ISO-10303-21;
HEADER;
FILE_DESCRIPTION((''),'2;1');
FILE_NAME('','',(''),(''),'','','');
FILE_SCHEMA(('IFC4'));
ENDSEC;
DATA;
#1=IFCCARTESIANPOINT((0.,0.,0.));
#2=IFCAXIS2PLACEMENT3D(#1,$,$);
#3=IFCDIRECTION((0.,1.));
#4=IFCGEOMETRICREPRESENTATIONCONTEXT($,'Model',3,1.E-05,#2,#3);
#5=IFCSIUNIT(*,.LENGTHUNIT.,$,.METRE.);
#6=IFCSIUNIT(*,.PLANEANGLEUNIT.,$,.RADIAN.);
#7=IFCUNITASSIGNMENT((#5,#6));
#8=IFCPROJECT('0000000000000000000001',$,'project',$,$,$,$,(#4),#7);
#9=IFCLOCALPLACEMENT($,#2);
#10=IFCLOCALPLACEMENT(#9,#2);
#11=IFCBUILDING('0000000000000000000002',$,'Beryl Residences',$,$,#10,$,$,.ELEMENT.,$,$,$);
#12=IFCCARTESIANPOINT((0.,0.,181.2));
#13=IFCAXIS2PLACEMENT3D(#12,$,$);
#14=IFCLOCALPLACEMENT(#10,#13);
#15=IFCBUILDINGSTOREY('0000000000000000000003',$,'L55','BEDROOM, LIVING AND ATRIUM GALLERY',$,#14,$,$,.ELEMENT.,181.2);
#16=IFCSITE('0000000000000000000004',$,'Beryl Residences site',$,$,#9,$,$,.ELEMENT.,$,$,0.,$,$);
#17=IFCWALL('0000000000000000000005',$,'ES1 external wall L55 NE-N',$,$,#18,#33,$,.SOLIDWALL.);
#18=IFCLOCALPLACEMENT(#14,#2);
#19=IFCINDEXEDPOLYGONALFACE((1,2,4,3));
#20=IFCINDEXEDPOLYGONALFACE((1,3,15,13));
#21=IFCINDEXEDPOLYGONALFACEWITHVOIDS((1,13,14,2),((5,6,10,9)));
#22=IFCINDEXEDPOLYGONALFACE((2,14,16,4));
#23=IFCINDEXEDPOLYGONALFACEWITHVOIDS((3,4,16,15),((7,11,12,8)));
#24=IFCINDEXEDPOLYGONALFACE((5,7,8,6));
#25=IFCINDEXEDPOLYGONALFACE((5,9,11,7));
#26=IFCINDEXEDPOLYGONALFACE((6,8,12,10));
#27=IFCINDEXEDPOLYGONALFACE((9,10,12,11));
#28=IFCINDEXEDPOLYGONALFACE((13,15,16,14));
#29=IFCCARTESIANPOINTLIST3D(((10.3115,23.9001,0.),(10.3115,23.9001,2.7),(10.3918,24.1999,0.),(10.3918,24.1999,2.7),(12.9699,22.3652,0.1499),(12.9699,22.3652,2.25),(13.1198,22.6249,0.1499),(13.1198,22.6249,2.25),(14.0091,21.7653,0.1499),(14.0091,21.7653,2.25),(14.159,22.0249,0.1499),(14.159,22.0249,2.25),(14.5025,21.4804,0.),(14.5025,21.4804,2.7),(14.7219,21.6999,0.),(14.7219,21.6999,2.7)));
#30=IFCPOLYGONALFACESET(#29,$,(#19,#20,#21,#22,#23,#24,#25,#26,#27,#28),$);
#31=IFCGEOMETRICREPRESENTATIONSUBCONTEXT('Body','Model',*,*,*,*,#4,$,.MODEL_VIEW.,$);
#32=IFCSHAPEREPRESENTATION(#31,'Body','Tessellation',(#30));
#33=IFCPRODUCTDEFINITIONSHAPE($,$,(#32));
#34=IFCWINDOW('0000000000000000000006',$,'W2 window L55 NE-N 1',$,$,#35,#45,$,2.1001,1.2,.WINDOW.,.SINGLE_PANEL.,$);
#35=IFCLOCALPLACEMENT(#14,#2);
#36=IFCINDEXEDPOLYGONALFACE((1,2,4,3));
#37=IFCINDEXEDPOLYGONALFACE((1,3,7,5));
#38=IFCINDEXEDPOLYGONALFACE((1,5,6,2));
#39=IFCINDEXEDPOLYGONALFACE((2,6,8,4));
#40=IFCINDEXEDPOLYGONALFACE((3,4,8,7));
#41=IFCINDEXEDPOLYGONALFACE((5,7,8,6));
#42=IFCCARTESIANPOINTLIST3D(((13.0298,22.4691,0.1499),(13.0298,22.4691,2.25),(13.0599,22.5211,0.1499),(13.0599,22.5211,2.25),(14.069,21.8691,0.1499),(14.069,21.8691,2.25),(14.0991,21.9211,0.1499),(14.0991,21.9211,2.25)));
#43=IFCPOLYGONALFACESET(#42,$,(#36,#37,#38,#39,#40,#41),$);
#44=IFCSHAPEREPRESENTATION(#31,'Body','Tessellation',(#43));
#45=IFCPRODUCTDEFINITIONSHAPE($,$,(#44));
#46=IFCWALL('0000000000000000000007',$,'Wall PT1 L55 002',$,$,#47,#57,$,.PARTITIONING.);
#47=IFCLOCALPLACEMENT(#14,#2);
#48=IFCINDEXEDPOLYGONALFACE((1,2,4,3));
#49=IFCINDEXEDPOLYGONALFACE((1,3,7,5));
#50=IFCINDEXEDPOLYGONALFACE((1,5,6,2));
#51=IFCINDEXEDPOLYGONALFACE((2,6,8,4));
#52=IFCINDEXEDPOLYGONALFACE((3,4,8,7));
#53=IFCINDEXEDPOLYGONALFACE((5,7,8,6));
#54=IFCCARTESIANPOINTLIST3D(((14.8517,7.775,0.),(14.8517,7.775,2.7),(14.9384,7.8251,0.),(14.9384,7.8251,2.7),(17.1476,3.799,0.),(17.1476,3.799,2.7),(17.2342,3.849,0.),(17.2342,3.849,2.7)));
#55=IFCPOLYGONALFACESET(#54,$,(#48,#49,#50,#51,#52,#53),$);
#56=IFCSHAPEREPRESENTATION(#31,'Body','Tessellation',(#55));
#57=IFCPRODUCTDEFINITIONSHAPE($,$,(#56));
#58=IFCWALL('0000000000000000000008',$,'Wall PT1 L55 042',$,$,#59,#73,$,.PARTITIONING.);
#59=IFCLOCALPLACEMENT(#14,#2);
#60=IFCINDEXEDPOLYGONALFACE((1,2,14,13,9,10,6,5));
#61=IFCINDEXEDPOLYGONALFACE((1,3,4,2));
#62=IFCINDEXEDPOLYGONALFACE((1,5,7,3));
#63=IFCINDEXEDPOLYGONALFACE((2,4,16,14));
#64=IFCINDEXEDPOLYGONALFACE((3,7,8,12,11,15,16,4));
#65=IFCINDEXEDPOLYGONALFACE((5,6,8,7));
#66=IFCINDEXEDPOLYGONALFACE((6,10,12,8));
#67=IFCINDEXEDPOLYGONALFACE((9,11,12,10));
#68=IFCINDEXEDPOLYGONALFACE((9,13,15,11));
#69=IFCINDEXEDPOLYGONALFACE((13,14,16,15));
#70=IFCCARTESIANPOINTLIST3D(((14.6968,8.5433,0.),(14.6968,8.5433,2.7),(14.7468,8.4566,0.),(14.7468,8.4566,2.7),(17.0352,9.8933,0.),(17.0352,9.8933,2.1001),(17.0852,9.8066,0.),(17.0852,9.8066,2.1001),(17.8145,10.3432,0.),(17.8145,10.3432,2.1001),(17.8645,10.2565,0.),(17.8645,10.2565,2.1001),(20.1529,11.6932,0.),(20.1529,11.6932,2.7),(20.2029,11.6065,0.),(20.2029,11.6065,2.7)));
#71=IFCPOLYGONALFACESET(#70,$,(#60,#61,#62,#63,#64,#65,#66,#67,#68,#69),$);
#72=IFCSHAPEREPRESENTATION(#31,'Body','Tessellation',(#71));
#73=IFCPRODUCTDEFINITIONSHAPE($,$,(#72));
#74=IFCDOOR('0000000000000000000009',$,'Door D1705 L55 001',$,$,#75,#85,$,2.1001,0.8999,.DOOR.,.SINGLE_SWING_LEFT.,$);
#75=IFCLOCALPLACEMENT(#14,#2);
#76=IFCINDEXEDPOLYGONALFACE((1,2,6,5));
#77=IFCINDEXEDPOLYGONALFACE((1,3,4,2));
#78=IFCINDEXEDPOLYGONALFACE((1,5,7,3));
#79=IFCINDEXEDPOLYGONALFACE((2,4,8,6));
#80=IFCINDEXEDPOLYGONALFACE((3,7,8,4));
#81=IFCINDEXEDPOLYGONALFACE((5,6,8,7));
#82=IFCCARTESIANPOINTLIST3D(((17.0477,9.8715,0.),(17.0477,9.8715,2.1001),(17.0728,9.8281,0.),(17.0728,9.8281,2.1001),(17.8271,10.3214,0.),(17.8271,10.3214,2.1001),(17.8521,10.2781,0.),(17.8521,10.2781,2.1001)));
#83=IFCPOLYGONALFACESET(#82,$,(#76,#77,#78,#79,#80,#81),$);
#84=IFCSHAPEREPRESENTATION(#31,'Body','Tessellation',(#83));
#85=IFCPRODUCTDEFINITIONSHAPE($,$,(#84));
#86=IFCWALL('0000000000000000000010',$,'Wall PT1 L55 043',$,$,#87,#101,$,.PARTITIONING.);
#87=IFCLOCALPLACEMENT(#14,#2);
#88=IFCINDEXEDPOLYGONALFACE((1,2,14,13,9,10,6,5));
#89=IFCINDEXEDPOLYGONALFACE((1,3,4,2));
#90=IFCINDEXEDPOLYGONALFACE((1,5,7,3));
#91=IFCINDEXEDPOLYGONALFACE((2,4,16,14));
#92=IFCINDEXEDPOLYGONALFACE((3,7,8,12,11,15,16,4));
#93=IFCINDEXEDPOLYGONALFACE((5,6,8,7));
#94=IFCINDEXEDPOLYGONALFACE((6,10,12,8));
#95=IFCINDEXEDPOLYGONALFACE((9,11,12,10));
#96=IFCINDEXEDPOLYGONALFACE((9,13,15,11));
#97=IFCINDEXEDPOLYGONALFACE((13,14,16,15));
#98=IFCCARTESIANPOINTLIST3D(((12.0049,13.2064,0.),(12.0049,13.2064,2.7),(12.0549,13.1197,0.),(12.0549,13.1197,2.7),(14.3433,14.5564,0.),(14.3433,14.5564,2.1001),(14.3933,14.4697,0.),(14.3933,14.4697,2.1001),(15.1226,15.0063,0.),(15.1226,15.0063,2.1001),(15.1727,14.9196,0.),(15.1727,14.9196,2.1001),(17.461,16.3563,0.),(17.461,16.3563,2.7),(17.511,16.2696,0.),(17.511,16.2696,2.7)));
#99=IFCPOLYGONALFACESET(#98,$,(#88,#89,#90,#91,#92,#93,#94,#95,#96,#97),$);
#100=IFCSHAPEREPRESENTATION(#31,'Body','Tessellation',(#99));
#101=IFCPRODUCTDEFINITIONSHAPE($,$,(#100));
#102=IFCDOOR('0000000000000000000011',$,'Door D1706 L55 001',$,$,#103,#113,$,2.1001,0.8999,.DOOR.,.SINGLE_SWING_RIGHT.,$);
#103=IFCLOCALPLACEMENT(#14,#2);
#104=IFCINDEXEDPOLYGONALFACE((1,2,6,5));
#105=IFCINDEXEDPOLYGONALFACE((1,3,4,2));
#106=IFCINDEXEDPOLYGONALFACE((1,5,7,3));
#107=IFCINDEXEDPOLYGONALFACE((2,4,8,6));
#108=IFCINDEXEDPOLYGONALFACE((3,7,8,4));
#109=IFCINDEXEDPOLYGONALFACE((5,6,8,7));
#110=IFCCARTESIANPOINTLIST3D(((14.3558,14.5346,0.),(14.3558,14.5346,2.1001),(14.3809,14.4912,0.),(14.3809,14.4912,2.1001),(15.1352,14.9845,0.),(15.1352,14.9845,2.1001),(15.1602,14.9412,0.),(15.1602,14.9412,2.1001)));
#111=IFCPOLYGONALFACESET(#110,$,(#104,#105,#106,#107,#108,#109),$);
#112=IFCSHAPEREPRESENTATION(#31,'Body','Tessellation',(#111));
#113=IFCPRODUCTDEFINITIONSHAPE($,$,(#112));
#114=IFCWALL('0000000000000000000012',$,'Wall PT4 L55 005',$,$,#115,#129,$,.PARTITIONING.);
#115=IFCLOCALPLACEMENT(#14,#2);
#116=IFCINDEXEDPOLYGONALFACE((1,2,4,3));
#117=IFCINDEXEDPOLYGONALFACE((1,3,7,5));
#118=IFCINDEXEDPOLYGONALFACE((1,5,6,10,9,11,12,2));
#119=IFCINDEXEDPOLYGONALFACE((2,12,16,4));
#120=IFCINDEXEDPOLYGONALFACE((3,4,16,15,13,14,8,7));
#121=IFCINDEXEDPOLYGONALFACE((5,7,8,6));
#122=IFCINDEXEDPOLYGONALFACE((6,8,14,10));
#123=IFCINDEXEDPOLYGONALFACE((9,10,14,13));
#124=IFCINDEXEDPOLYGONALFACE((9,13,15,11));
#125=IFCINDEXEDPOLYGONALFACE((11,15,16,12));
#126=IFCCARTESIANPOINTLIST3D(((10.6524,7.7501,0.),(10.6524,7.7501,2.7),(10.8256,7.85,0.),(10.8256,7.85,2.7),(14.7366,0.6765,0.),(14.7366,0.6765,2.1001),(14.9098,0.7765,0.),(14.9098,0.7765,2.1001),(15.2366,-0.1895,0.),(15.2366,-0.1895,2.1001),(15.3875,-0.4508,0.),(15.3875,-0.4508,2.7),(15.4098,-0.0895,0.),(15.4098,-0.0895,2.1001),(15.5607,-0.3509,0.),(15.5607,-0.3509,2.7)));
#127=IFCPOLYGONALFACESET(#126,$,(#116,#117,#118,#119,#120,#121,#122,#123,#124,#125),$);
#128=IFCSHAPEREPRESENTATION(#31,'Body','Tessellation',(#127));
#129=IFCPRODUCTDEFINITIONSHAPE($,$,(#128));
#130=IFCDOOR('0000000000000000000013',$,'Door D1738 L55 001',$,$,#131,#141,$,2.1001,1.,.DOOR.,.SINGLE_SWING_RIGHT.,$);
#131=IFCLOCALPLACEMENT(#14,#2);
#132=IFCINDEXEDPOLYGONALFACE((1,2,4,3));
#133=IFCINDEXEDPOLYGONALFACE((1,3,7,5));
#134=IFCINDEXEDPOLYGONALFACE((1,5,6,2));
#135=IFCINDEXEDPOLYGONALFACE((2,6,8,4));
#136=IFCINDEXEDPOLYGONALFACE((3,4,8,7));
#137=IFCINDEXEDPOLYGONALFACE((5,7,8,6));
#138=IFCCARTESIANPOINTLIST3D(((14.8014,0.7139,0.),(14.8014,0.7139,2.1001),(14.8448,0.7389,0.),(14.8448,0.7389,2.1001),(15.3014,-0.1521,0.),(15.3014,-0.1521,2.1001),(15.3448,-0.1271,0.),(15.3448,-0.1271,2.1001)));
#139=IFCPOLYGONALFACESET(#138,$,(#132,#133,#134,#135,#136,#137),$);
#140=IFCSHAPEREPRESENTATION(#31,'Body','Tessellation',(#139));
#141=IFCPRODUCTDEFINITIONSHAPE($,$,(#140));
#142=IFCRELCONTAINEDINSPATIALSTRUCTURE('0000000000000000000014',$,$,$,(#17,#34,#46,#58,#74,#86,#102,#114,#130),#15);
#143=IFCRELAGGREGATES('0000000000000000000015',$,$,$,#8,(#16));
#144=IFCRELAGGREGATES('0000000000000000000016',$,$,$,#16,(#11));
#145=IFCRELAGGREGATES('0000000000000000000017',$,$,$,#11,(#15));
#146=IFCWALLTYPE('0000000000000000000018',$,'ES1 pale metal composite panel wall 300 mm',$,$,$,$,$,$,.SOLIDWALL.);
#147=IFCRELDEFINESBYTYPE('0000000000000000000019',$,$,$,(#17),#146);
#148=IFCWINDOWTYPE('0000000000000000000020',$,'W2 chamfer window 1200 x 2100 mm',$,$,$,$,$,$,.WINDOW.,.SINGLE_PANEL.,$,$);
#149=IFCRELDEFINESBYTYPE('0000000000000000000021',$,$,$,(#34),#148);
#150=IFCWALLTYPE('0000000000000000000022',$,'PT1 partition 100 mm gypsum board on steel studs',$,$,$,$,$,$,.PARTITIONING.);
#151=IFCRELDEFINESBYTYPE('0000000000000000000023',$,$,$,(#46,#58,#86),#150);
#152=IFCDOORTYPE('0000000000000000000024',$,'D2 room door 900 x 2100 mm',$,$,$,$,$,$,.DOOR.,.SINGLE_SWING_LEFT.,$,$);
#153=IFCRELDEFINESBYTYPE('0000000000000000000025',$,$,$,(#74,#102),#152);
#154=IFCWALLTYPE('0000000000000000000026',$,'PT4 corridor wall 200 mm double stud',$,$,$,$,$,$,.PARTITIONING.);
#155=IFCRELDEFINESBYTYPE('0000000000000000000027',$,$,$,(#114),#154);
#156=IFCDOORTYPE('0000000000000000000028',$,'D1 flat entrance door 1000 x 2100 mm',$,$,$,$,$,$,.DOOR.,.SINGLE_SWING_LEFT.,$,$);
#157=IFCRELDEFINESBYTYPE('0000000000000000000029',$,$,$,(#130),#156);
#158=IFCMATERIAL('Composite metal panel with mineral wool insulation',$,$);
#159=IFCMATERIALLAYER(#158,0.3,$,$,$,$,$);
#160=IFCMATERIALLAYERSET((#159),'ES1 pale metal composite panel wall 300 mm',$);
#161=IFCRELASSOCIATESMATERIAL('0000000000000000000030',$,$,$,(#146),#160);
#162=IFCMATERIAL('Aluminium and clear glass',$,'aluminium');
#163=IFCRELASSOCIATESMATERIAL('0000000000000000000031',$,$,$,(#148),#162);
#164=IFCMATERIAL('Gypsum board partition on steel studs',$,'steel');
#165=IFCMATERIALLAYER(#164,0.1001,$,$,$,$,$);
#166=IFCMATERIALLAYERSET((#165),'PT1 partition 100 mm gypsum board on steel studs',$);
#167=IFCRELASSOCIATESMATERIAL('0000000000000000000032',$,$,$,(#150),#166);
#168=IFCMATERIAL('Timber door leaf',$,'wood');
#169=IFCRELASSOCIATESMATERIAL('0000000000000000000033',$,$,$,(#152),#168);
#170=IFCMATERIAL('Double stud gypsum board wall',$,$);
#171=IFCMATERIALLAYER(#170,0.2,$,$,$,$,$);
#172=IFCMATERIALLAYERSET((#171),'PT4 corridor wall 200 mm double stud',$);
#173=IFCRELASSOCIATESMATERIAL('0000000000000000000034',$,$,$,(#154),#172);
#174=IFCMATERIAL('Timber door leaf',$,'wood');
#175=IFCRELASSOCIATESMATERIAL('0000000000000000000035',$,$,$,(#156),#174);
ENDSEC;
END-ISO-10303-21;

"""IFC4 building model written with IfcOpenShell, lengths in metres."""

from ifc_helpers import new_model, si_unit, direction, frame, frame_2d, origin, place, context, subcontext, project, spatial, polyline, rectangle, outline, extrude, material, layer, layer_set, type_object, element, fill, save


model = new_model("IFC4")

# Units and contexts
model_context = context("Model", 3, precision=1e-05, world=origin(), true_north=direction((0.0, 1.0)))
body_context = subcontext(model_context, "Body", "Model", "MODEL_VIEW")
ifc_project = project(units=[si_unit("LENGTHUNIT", "METRE"), si_unit("PLANEANGLEUNIT", "RADIAN")], contexts=[model_context])

# Site, building, storey
site_placement = place(None, origin())
site = spatial("IfcSite", under=ifc_project, at=site_placement, Name="Beryl Residences site", CompositionType="ELEMENT", RefElevation=0.0)
building_placement = place(site_placement, origin())
building = spatial("IfcBuilding", under=site, at=building_placement, Name="Beryl Residences", CompositionType="ELEMENT")
storey_placement = place(building_placement, frame((0.0, 0.0, 181.2)))
storey = spatial("IfcBuildingStorey", under=building, at=storey_placement, Name="L55", Description="BEDROOM, LIVING AND ATRIUM GALLERY", CompositionType="ELEMENT", Elevation=181.2)

# Shared definitions
ifc_material_1 = material(Name="Composite metal panel with mineral wool insulation")
ifc_layer_1 = layer(ifc_material_1, 0.3)
ifc_layer_set_1 = layer_set([ifc_layer_1], Name="ES1 pale metal composite panel wall 300 mm")
wall_type_1 = type_object("IfcWallType", Name="ES1 pale metal composite panel wall 300 mm", PredefinedType="SOLIDWALL", material=ifc_layer_set_1)

# Wall, opening, window
wall_1_placement = place(storey_placement, frame((14.647, 21.5701, 0.0), z_axis=(0.0, 0.0, 1.0), x_axis=(-0.866023, 0.500004, 0.0)))
wall_1 = element("IfcWall", 1, at=wall_1_placement, inside=storey, type_object=wall_type_1, Name="ES1 external wall L55 NE-N", PredefinedType="SOLIDWALL", context=body_context, shape_type="SweptSolid", body=[
    extrude(outline(polyline([(0.0, -0.1499), (5.0, -0.1499), (4.9197, 0.1499), (0.0803, 0.1499), (0.0, -0.1499)])), origin(), (0.0, 0.0, 1.0), 2.7),
])
opening_1_placement = place(wall_1_placement, frame((0.6499, 0.0, 0.1499)))
opening_1 = element("IfcOpeningElement", 2, at=opening_1_placement, cuts=wall_1, PredefinedType="OPENING", context=body_context, shape_type="SweptSolid", body=[
    extrude(rectangle(XDim=1.2, YDim=2.1001, at=frame_2d((0.6001, 1.05))), frame((0.0, 0.1599, 0.0), z_axis=(0.0, -1.0, 0.0), x_axis=(1.0, 0.0, 0.0)), (0.0, 0.0, 1.0), 0.3201),
])
ifc_material_2 = material(Name="Aluminium and clear glass", Category="aluminium")
window_type_1 = type_object("IfcWindowType", Name="W2 chamfer window 1200 x 2100 mm", PartitioningType="SINGLE_PANEL", PredefinedType="WINDOW", material=ifc_material_2)
window_1_placement = place(opening_1_placement, origin())
window_1 = element("IfcWindow", 3, at=window_1_placement, inside=storey, type_object=window_type_1, Name="W2 window L55 NE-N 1", OverallHeight=2.1001, OverallWidth=1.2, PartitioningType="SINGLE_PANEL", PredefinedType="WINDOW", context=body_context, shape_type="SweptSolid", body=[
    extrude(rectangle(XDim=1.2, YDim=2.1001, at=frame_2d((0.6001, 1.05))), frame((0.0, 0.03, 0.0), z_axis=(0.0, -1.0, 0.0), x_axis=(1.0, 0.0, 0.0)), (0.0, 0.0, 1.0), 0.0601),
])
fill(opening_1, window_1)

# Wall
ifc_material_3 = material(Name="Gypsum board partition on steel studs", Category="steel")
ifc_layer_2 = layer(ifc_material_3, 0.1001)
ifc_layer_set_2 = layer_set([ifc_layer_2], Name="PT1 partition 100 mm gypsum board on steel studs")
wall_type_2 = type_object("IfcWallType", Name="PT1 partition 100 mm gypsum board on steel studs", PredefinedType="PARTITIONING", material=ifc_layer_set_2)
wall_2_placement = place(storey_placement, frame((14.895, 7.8, 0.0), z_axis=(0.0, 0.0, 1.0), x_axis=(0.500051, -0.865996, 0.0)))
element("IfcWall", 4, at=wall_2_placement, inside=storey, type_object=wall_type_2, Name="Wall PT1 L55 002", PredefinedType="PARTITIONING", context=body_context, shape_type="SweptSolid", body=[
    extrude(rectangle(XDim=4.5913, YDim=0.1001, at=frame_2d((2.2957, 0.0))), origin(), (0.0, 0.0, 1.0), 2.7),
])

# Walls, openings, doors
wall_3_placement = place(storey_placement, frame((14.7219, 8.5, 0.0), z_axis=(0.0, 0.0, 1.0), x_axis=(0.866036, 0.499982, 0.0)))
wall_3 = element("IfcWall", 5, at=wall_3_placement, inside=storey, type_object=wall_type_2, Name="Wall PT1 L55 042", PredefinedType="PARTITIONING", context=body_context, shape_type="SweptSolid", body=[
    extrude(rectangle(XDim=6.3, YDim=0.1001, at=frame_2d((3.1499, 0.0))), origin(), (0.0, 0.0, 1.0), 2.7),
])
opening_2_placement = place(wall_3_placement, frame((2.7, 0.0, 0.0)))
opening_2 = element("IfcOpeningElement", 6, at=opening_2_placement, cuts=wall_3, PredefinedType="OPENING", context=body_context, shape_type="SweptSolid", body=[
    extrude(rectangle(XDim=0.8999, YDim=2.1001, at=frame_2d((0.45, 1.05))), frame((0.0, 0.0601, 0.0), z_axis=(0.0, -1.0, 0.0), x_axis=(1.0, 0.0, 0.0)), (0.0, 0.0, 1.0), 0.1201),
])
ifc_material_4 = material(Name="Timber door leaf", Category="wood")
door_type_1 = type_object("IfcDoorType", Name="D2 room door 900 x 2100 mm", OperationType="SINGLE_SWING_LEFT", PredefinedType="DOOR", material=ifc_material_4)
door_1_placement = place(opening_2_placement, origin())
door_1 = element("IfcDoor", 7, at=door_1_placement, inside=storey, type_object=door_type_1, Name="Door D1705 L55 001", OperationType="SINGLE_SWING_LEFT", OverallHeight=2.1001, OverallWidth=0.8999, PredefinedType="DOOR", context=body_context, shape_type="SweptSolid", body=[
    extrude(rectangle(XDim=0.8999, YDim=2.1001, at=frame_2d((0.45, 1.05))), frame((0.0, 0.0249, 0.0), z_axis=(0.0, -1.0, 0.0), x_axis=(1.0, 0.0, 0.0)), (0.0, 0.0, 1.0), 0.05),
])
fill(opening_2, door_1)
wall_4_placement = place(storey_placement, frame((12.03, 13.1631, 0.0), z_axis=(0.0, 0.0, 1.0), x_axis=(0.866036, 0.499982, 0.0)))
wall_4 = element("IfcWall", 8, at=wall_4_placement, inside=storey, type_object=wall_type_2, Name="Wall PT1 L55 043", PredefinedType="PARTITIONING", context=body_context, shape_type="SweptSolid", body=[
    extrude(rectangle(XDim=6.3, YDim=0.1001, at=frame_2d((3.1499, 0.0))), origin(), (0.0, 0.0, 1.0), 2.7),
])
opening_3_placement = place(wall_4_placement, frame((2.7, 0.0, 0.0)))
opening_3 = element("IfcOpeningElement", 9, at=opening_3_placement, cuts=wall_4, PredefinedType="OPENING", context=body_context, shape_type="SweptSolid", body=[
    extrude(rectangle(XDim=0.8999, YDim=2.1001, at=frame_2d((0.45, 1.05))), frame((0.0, 0.0601, 0.0), z_axis=(0.0, -1.0, 0.0), x_axis=(1.0, 0.0, 0.0)), (0.0, 0.0, 1.0), 0.1201),
])
door_2_placement = place(opening_3_placement, origin())
door_2 = element("IfcDoor", 10, at=door_2_placement, inside=storey, type_object=door_type_1, Name="Door D1706 L55 001", OperationType="SINGLE_SWING_RIGHT", OverallHeight=2.1001, OverallWidth=0.8999, PredefinedType="DOOR", context=body_context, shape_type="SweptSolid", body=[
    extrude(rectangle(XDim=0.8999, YDim=2.1001, at=frame_2d((0.45, 1.05))), frame((0.0, 0.0249, 0.0), z_axis=(0.0, -1.0, 0.0), x_axis=(1.0, 0.0, 0.0)), (0.0, 0.0, 1.0), 0.05),
])
fill(opening_3, door_2)
ifc_material_5 = material(Name="Double stud gypsum board wall")
ifc_layer_3 = layer(ifc_material_5, 0.2)
ifc_layer_set_3 = layer_set([ifc_layer_3], Name="PT4 corridor wall 200 mm double stud")
wall_type_3 = type_object("IfcWallType", Name="PT4 corridor wall 200 mm double stud", PredefinedType="PARTITIONING", material=ifc_layer_set_3)
wall_5_placement = place(storey_placement, frame((10.739, 7.8, 0.0), z_axis=(0.0, 0.0, 1.0), x_axis=(0.500024, -0.866012, 0.0)))
wall_5 = element("IfcWall", 11, at=wall_5_placement, inside=storey, type_object=wall_type_3, Name="Wall PT4 L55 005", PredefinedType="PARTITIONING", context=body_context, shape_type="SweptSolid", body=[
    extrude(rectangle(XDim=9.4697, YDim=0.2, at=frame_2d((4.7349, 0.0))), origin(), (0.0, 0.0, 1.0), 2.7),
])
opening_4_placement = place(wall_5_placement, frame((8.168, 0.0, 0.0)))
opening_4 = element("IfcOpeningElement", 12, at=opening_4_placement, cuts=wall_5, PredefinedType="OPENING", context=body_context, shape_type="SweptSolid", body=[
    extrude(rectangle(XDim=1.0, YDim=2.1001, at=frame_2d((0.5, 1.05))), frame((0.0, 0.1099, 0.0), z_axis=(0.0, -1.0, 0.0), x_axis=(1.0, 0.0, 0.0)), (0.0, 0.0, 1.0), 0.22),
])
ifc_material_6 = material(Name="Timber door leaf", Category="wood")
door_type_2 = type_object("IfcDoorType", Name="D1 flat entrance door 1000 x 2100 mm", OperationType="SINGLE_SWING_LEFT", PredefinedType="DOOR", material=ifc_material_6)
door_3_placement = place(opening_4_placement, origin())
door_3 = element("IfcDoor", 13, at=door_3_placement, inside=storey, type_object=door_type_2, Name="Door D1738 L55 001", OperationType="SINGLE_SWING_RIGHT", OverallHeight=2.1001, OverallWidth=1.0, PredefinedType="DOOR", context=body_context, shape_type="SweptSolid", body=[
    extrude(rectangle(XDim=1.0, YDim=2.1001, at=frame_2d((0.5, 1.05))), frame((0.0, 0.0249, 0.0), z_axis=(0.0, -1.0, 0.0), x_axis=(1.0, 0.0, 0.0)), (0.0, 0.0, 1.0), 0.05),
])
fill(opening_4, door_3)

save(model, "model.ifc")
